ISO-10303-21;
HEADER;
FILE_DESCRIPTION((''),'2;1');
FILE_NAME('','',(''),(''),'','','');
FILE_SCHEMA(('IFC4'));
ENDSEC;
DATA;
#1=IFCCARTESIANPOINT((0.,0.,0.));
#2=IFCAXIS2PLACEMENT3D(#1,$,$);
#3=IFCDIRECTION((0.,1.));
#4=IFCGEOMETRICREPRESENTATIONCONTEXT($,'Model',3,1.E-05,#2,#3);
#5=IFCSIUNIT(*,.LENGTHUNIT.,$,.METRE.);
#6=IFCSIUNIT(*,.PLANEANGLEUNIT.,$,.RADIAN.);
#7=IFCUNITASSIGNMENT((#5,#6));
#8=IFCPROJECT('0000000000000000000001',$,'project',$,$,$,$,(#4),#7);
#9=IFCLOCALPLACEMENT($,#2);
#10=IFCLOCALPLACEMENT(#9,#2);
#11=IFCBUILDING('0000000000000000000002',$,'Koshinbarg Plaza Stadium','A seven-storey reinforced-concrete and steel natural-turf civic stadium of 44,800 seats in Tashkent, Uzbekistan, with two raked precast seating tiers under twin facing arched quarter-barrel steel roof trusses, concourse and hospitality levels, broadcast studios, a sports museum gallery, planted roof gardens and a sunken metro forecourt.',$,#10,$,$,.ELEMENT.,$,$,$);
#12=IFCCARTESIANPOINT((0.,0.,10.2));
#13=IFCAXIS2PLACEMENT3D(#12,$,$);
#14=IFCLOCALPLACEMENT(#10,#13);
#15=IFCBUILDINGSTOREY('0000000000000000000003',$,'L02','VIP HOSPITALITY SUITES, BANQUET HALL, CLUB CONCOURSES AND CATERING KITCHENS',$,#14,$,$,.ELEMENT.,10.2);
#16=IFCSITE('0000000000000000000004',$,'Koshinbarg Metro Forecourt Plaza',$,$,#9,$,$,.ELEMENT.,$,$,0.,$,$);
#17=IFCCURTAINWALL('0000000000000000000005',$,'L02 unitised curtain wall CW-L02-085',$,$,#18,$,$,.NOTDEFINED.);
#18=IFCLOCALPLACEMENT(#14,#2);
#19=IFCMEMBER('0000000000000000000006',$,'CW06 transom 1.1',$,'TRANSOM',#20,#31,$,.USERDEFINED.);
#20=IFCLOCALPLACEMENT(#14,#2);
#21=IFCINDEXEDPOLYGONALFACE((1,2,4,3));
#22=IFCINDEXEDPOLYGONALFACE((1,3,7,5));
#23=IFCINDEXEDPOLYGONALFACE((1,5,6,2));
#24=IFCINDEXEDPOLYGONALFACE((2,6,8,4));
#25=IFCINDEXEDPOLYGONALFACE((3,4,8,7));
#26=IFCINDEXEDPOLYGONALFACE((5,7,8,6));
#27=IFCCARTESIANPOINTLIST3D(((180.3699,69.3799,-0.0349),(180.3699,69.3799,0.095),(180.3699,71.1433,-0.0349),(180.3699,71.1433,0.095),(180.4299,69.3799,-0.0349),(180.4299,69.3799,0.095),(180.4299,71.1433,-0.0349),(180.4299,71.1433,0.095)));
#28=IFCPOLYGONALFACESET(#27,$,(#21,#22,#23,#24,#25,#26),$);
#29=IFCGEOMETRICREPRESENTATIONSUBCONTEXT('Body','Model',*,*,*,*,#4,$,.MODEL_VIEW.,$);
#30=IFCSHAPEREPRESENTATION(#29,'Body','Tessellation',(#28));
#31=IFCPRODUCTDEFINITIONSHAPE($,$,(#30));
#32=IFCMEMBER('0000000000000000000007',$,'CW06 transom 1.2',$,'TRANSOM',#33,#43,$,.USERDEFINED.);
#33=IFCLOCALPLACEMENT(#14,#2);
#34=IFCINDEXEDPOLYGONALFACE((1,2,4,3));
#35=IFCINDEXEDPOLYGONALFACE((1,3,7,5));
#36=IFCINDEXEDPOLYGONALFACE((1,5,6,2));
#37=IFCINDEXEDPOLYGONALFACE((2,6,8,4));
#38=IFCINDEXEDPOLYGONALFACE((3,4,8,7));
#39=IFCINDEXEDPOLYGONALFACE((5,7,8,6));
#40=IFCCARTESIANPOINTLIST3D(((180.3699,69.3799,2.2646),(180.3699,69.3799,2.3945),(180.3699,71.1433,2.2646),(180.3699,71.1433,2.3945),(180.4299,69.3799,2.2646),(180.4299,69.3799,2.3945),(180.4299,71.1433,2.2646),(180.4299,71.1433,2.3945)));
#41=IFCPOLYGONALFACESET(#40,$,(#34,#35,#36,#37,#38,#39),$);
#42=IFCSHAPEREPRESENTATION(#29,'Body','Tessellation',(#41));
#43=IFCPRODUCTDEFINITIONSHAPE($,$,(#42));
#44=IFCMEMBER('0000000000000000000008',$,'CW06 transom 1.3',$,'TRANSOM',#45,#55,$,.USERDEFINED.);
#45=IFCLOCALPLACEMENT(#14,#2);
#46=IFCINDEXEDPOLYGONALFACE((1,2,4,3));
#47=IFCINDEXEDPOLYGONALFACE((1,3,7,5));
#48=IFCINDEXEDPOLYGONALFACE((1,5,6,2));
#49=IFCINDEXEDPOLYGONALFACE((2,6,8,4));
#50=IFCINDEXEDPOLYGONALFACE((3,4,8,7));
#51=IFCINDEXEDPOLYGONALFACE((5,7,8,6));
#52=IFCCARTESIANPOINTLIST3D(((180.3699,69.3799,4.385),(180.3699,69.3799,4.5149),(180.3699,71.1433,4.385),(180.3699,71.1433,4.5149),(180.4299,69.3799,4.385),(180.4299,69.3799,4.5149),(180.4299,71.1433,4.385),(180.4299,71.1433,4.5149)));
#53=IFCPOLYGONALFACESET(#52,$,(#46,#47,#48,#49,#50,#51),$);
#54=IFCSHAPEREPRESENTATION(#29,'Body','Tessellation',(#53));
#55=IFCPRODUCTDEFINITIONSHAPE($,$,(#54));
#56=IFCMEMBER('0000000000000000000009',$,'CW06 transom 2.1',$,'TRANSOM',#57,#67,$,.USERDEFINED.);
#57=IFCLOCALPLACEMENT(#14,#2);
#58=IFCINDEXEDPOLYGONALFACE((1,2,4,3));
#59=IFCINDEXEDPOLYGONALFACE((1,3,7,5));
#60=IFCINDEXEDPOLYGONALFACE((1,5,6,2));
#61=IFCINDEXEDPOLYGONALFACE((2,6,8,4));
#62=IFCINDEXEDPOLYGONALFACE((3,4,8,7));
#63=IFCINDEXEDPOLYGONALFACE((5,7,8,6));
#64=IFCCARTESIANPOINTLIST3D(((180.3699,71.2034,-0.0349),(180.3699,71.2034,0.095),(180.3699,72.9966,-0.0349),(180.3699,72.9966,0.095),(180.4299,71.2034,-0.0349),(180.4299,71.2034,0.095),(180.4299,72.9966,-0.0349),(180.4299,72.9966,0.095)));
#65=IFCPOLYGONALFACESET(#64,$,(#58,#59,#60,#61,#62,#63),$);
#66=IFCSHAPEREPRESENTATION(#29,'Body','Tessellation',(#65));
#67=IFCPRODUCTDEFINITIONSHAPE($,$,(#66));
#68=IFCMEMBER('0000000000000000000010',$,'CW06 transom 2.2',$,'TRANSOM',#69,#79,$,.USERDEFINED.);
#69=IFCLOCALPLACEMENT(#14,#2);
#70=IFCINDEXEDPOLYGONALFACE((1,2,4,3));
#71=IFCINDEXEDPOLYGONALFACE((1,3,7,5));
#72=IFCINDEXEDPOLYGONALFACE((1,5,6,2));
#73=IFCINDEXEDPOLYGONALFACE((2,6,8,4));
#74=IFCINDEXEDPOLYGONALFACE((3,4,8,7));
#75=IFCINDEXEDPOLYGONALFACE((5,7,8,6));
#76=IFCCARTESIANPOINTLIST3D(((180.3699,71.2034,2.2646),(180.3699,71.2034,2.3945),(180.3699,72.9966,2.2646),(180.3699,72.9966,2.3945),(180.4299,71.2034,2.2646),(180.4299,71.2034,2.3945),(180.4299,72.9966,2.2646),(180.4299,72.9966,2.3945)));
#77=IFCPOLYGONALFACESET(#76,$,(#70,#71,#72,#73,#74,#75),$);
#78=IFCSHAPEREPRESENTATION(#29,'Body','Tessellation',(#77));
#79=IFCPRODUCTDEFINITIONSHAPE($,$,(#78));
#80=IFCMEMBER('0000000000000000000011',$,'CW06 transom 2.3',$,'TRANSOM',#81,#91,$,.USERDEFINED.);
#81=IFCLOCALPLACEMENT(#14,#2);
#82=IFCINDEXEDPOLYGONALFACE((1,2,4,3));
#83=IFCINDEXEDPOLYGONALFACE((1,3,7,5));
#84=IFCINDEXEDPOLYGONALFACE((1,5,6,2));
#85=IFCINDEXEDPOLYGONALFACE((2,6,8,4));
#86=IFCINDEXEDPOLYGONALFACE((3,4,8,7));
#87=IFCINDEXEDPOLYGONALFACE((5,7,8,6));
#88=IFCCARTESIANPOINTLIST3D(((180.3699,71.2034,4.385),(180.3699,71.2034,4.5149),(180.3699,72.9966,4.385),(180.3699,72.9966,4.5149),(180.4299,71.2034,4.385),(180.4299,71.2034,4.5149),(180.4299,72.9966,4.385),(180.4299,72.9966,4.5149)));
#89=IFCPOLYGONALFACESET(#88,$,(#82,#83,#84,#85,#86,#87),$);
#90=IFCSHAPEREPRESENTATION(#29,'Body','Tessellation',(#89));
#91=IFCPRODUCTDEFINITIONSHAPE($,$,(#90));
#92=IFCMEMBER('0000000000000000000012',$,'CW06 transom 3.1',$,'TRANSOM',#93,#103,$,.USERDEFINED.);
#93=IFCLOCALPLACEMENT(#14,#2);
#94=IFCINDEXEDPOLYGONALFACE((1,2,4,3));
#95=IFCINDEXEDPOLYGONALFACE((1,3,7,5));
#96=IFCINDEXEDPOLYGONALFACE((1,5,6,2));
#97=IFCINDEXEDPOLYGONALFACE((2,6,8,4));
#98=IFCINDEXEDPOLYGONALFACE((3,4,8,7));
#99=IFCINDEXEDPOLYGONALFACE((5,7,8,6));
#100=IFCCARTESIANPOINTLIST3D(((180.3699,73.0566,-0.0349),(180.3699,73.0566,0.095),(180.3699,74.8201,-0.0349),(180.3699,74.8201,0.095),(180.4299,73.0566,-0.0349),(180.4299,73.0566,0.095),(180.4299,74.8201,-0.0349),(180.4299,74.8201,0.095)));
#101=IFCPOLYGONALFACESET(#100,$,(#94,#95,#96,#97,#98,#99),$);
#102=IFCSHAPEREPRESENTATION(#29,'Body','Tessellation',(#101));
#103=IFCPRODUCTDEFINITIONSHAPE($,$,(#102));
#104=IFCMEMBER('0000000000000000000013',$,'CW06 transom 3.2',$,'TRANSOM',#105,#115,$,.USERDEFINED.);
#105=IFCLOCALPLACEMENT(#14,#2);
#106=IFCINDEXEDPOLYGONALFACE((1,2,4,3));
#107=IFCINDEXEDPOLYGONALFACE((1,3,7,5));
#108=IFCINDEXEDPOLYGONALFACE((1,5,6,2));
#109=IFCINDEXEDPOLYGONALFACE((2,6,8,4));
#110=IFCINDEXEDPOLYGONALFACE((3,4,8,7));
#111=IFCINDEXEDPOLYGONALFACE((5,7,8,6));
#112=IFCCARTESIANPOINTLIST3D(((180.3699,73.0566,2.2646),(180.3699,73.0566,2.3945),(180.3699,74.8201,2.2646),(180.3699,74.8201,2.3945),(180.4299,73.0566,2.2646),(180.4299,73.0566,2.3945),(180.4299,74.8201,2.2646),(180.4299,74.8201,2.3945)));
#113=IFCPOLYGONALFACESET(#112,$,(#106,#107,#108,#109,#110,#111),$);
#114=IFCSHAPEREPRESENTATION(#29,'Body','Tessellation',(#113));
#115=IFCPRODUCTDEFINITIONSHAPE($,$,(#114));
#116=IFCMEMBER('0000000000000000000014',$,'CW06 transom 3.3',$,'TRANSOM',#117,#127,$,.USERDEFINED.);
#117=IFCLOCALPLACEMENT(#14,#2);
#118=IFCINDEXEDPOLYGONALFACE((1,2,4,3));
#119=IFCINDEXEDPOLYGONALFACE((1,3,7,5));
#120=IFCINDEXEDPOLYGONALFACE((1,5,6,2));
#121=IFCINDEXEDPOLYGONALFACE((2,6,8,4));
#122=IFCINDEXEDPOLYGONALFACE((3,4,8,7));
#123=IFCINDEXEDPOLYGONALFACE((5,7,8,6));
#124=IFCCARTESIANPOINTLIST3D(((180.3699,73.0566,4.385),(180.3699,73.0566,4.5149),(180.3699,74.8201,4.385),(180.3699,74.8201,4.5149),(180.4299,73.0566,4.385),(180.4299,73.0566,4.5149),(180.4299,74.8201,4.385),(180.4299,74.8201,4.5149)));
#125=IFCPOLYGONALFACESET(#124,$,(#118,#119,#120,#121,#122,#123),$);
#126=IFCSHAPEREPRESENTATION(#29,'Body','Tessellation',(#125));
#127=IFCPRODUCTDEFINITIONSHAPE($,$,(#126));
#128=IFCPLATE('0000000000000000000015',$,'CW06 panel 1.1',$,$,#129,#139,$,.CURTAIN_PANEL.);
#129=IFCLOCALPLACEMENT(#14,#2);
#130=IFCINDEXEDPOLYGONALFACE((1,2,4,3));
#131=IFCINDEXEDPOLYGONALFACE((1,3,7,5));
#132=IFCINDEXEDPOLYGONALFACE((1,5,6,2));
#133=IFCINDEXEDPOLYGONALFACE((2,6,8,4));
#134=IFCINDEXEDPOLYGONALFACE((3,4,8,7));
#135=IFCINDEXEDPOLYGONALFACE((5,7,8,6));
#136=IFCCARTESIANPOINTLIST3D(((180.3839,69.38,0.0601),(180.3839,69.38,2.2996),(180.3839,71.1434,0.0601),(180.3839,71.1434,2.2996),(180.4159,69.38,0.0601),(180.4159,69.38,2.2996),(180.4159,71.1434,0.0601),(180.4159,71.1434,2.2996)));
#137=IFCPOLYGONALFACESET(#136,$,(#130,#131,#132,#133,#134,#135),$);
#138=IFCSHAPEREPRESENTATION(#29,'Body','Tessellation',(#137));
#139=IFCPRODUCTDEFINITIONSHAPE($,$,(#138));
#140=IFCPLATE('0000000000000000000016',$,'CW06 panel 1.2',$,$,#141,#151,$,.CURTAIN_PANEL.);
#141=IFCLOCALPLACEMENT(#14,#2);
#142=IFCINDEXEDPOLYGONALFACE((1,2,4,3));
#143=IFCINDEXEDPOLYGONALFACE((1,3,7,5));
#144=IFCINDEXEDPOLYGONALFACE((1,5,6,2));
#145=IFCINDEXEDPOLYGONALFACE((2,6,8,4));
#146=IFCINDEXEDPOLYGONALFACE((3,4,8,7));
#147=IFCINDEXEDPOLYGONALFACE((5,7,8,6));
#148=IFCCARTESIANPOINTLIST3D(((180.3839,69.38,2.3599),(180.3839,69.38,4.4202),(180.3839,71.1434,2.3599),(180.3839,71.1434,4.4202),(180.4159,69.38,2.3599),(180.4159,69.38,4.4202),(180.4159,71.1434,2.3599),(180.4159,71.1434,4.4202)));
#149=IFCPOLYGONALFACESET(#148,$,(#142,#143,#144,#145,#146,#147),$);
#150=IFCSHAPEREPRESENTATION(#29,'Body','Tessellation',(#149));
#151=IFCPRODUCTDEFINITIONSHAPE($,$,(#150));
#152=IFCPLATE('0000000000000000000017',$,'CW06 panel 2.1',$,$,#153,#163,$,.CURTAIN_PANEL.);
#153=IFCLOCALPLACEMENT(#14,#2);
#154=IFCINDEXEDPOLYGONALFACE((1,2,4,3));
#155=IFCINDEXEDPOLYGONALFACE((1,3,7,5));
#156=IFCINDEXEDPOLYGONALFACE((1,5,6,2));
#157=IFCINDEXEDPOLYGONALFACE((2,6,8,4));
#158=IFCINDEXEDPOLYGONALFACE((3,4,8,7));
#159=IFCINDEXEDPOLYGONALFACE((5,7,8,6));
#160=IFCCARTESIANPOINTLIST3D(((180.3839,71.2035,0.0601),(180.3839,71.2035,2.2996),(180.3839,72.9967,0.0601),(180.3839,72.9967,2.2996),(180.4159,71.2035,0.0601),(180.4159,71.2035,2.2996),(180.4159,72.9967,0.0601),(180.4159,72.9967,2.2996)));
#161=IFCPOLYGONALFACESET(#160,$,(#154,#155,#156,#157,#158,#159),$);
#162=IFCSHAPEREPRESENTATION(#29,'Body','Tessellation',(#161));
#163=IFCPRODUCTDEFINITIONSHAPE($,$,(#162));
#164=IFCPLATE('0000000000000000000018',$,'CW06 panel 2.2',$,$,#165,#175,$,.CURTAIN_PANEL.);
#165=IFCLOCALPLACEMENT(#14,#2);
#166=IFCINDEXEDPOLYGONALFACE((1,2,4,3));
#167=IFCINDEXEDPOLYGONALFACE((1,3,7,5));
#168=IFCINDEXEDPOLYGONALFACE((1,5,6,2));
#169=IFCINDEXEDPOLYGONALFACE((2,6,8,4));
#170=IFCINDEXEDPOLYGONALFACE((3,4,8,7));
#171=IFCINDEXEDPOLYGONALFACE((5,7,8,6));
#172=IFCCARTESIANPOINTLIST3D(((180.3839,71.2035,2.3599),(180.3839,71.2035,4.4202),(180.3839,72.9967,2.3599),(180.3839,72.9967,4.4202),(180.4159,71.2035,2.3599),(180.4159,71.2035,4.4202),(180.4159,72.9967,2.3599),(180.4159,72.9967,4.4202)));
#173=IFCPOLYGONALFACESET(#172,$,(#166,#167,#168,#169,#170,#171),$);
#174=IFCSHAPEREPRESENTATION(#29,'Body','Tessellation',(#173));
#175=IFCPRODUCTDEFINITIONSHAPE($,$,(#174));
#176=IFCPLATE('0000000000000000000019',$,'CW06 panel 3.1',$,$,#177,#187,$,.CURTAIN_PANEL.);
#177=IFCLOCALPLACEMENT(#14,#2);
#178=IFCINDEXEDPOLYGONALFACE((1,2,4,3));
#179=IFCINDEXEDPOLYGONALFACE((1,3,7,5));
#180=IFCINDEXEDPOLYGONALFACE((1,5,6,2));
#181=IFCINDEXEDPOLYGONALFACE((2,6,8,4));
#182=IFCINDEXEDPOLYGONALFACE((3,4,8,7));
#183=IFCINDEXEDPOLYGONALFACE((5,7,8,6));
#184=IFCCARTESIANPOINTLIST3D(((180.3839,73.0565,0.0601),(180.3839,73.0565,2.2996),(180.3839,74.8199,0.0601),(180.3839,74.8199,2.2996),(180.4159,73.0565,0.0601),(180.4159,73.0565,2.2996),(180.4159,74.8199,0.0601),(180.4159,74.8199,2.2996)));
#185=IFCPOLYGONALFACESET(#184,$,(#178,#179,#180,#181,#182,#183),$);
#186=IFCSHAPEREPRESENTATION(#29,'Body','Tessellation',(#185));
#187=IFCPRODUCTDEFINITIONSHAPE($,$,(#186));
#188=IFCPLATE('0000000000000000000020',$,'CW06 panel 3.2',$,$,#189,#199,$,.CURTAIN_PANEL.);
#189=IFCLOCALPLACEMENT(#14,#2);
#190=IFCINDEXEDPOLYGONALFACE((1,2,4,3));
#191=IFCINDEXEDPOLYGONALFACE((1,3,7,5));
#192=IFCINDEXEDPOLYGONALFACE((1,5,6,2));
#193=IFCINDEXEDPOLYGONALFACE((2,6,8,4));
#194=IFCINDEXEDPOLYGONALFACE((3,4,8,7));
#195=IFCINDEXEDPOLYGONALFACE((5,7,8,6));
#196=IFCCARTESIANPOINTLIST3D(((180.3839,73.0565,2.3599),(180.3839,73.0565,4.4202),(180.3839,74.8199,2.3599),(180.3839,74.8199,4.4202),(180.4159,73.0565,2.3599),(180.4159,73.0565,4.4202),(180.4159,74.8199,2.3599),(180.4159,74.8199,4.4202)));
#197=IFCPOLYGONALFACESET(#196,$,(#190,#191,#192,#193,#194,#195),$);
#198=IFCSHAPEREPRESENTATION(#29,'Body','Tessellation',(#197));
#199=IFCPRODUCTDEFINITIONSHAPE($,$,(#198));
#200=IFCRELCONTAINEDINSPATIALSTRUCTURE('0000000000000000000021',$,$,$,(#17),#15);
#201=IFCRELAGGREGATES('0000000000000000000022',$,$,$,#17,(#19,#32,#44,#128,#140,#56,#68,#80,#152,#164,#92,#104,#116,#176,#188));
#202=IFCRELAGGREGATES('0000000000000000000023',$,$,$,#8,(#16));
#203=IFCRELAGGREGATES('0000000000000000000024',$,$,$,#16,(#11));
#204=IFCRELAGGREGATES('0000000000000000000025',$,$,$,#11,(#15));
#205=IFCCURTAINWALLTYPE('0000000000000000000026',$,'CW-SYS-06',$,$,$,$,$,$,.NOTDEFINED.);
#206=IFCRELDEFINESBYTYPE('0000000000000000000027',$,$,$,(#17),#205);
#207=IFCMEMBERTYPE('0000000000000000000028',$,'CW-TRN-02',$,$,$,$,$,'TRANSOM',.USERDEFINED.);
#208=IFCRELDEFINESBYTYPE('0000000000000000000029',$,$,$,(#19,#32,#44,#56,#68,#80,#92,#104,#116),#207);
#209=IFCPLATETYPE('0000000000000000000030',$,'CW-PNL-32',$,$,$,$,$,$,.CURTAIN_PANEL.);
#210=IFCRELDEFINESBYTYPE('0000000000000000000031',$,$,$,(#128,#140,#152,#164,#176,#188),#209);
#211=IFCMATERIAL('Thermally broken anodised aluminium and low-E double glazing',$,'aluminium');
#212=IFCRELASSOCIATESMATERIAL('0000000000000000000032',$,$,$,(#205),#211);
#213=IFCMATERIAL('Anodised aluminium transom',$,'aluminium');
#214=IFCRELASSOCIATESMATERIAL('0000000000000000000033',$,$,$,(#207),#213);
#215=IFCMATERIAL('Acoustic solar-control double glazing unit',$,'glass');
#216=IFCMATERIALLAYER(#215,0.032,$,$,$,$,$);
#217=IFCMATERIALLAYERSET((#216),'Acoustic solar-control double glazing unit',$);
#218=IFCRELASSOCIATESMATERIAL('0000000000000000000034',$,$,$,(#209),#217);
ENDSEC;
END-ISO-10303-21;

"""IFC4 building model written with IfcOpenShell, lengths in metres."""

from ifc_helpers import new_model, si_unit, direction, frame, origin, origin_2d, place, context, subcontext, project, spatial, rectangle, extrude, material, layer, layer_set, material_profile, profile_set, type_object, element, aggregate, save


model = new_model("IFC4")

# Units and contexts
model_context = context("Model", 3, precision=1e-05, world=origin(), true_north=direction((0.0, 1.0)))
body_context = subcontext(model_context, "Body", "Model", "MODEL_VIEW")
ifc_project = project(units=[si_unit("LENGTHUNIT", "METRE"), si_unit("PLANEANGLEUNIT", "RADIAN")], contexts=[model_context])

# Site, building, storey
site_placement = place(None, origin())
site = spatial("IfcSite", under=ifc_project, at=site_placement, Name="Koshinbarg Metro Forecourt Plaza", CompositionType="ELEMENT", RefElevation=0.0)
building_placement = place(site_placement, origin())
building = spatial("IfcBuilding", under=site, at=building_placement, Name="Koshinbarg Plaza Stadium", Description="A seven-storey reinforced-concrete and steel natural-turf civic stadium of 44,800 seats in Tashkent, Uzbekistan, with two raked precast seating tiers under twin facing arched quarter-barrel steel roof trusses, concourse and hospitality levels, broadcast studios, a sports museum gallery, planted roof gardens and a sunken metro forecourt.", CompositionType="ELEMENT")
storey_placement = place(building_placement, frame((0.0, 0.0, 10.2)))
storey = spatial("IfcBuildingStorey", under=building, at=storey_placement, Name="L02", Description="VIP HOSPITALITY SUITES, BANQUET HALL, CLUB CONCOURSES AND CATERING KITCHENS", CompositionType="ELEMENT", Elevation=10.2)

# Curtain wall, members, plates
ifc_material_1 = material(Name="Thermally broken anodised aluminium and low-E double glazing", Category="aluminium")
curtain_wall_type = type_object("IfcCurtainWallType", Name="CW-SYS-06", PredefinedType="NOTDEFINED", material=ifc_material_1)
curtain_wall_placement = place(storey_placement, origin())
curtain_wall = element("IfcCurtainWall", 1, at=curtain_wall_placement, inside=storey, type_object=curtain_wall_type, Name="L02 unitised curtain wall CW-L02-085", PredefinedType="NOTDEFINED")
ifc_material_2 = material(Name="Anodised aluminium transom", Category="aluminium")
ifc_material_profile_1 = material_profile(ifc_material_2, rectangle(XDim=0.0601, YDim=0.1299, at=origin_2d()), Name="ALU 60x130")
ifc_profile_set_1 = profile_set([ifc_material_profile_1], Name="Anodised aluminium transom")
member_type_1 = type_object("IfcMemberType", Name="CW-TRN-02", ElementType="TRANSOM", PredefinedType="USERDEFINED", material=ifc_profile_set_1)
member_1_placement = place(storey_placement, frame((180.3999, 69.3799, 0.03), z_axis=(0.0, 1.0, 0.0), x_axis=(-1.0, 0.0, 0.0)))
member_1 = element("IfcMember", 2, at=member_1_placement, type_object=member_type_1, Name="CW06 transom 1.1", ObjectType="TRANSOM", PredefinedType="USERDEFINED", context=body_context, shape_type="SweptSolid", body=[
    extrude(rectangle(XDim=0.0601, YDim=0.1299, at=origin_2d()), origin(), (0.0, 0.0, 1.0), 1.7634),
])
member_2_placement = place(storey_placement, frame((180.3999, 69.3799, 2.3296), z_axis=(0.0, 1.0, 0.0), x_axis=(-1.0, 0.0, 0.0)))
member_2 = element("IfcMember", 3, at=member_2_placement, type_object=member_type_1, Name="CW06 transom 1.2", ObjectType="TRANSOM", PredefinedType="USERDEFINED", context=body_context, shape_type="SweptSolid", body=[
    extrude(rectangle(XDim=0.0601, YDim=0.1299, at=origin_2d()), origin(), (0.0, 0.0, 1.0), 1.7634),
])
member_3_placement = place(storey_placement, frame((180.3999, 69.3799, 4.45), z_axis=(0.0, 1.0, 0.0), x_axis=(-1.0, 0.0, 0.0)))
member_3 = element("IfcMember", 4, at=member_3_placement, type_object=member_type_1, Name="CW06 transom 1.3", ObjectType="TRANSOM", PredefinedType="USERDEFINED", context=body_context, shape_type="SweptSolid", body=[
    extrude(rectangle(XDim=0.0601, YDim=0.1299, at=origin_2d()), origin(), (0.0, 0.0, 1.0), 1.7634),
])
member_4_placement = place(storey_placement, frame((180.3999, 71.2034, 0.03), z_axis=(0.0, 1.0, 0.0), x_axis=(-1.0, 0.0, 0.0)))
member_4 = element("IfcMember", 5, at=member_4_placement, type_object=member_type_1, Name="CW06 transom 2.1", ObjectType="TRANSOM", PredefinedType="USERDEFINED", context=body_context, shape_type="SweptSolid", body=[
    extrude(rectangle(XDim=0.0601, YDim=0.1299, at=origin_2d()), origin(), (0.0, 0.0, 1.0), 1.7932),
])
member_5_placement = place(storey_placement, frame((180.3999, 71.2034, 2.3296), z_axis=(0.0, 1.0, 0.0), x_axis=(-1.0, 0.0, 0.0)))
member_5 = element("IfcMember", 6, at=member_5_placement, type_object=member_type_1, Name="CW06 transom 2.2", ObjectType="TRANSOM", PredefinedType="USERDEFINED", context=body_context, shape_type="SweptSolid", body=[
    extrude(rectangle(XDim=0.0601, YDim=0.1299, at=origin_2d()), origin(), (0.0, 0.0, 1.0), 1.7932),
])
member_6_placement = place(storey_placement, frame((180.3999, 71.2034, 4.45), z_axis=(0.0, 1.0, 0.0), x_axis=(-1.0, 0.0, 0.0)))
member_6 = element("IfcMember", 7, at=member_6_placement, type_object=member_type_1, Name="CW06 transom 2.3", ObjectType="TRANSOM", PredefinedType="USERDEFINED", context=body_context, shape_type="SweptSolid", body=[
    extrude(rectangle(XDim=0.0601, YDim=0.1299, at=origin_2d()), origin(), (0.0, 0.0, 1.0), 1.7932),
])
member_7_placement = place(storey_placement, frame((180.3999, 73.0566, 0.03), z_axis=(0.0, 1.0, 0.0), x_axis=(-1.0, 0.0, 0.0)))
member_7 = element("IfcMember", 8, at=member_7_placement, type_object=member_type_1, Name="CW06 transom 3.1", ObjectType="TRANSOM", PredefinedType="USERDEFINED", context=body_context, shape_type="SweptSolid", body=[
    extrude(rectangle(XDim=0.0601, YDim=0.1299, at=origin_2d()), origin(), (0.0, 0.0, 1.0), 1.7634),
])
member_8_placement = place(storey_placement, frame((180.3999, 73.0566, 2.3296), z_axis=(0.0, 1.0, 0.0), x_axis=(-1.0, 0.0, 0.0)))
member_8 = element("IfcMember", 9, at=member_8_placement, type_object=member_type_1, Name="CW06 transom 3.2", ObjectType="TRANSOM", PredefinedType="USERDEFINED", context=body_context, shape_type="SweptSolid", body=[
    extrude(rectangle(XDim=0.0601, YDim=0.1299, at=origin_2d()), origin(), (0.0, 0.0, 1.0), 1.7634),
])
member_9_placement = place(storey_placement, frame((180.3999, 73.0566, 4.45), z_axis=(0.0, 1.0, 0.0), x_axis=(-1.0, 0.0, 0.0)))
member_9 = element("IfcMember", 10, at=member_9_placement, type_object=member_type_1, Name="CW06 transom 3.3", ObjectType="TRANSOM", PredefinedType="USERDEFINED", context=body_context, shape_type="SweptSolid", body=[
    extrude(rectangle(XDim=0.0601, YDim=0.1299, at=origin_2d()), origin(), (0.0, 0.0, 1.0), 1.7634),
])
ifc_material_3 = material(Name="Acoustic solar-control double glazing unit", Category="glass")
ifc_layer_1 = layer(ifc_material_3, 0.032)
ifc_layer_set_1 = layer_set([ifc_layer_1], Name="Acoustic solar-control double glazing unit")
plate_type = type_object("IfcPlateType", Name="CW-PNL-32", PredefinedType="CURTAIN_PANEL", material=ifc_layer_set_1)
plate_1_placement = place(storey_placement, frame((180.3999, 70.2617, 0.0601), z_axis=(0.0, 0.0, 1.0), x_axis=(0.0, 1.0, 0.0)))
plate_1 = element("IfcPlate", 11, at=plate_1_placement, type_object=plate_type, Name="CW06 panel 1.1", PredefinedType="CURTAIN_PANEL", context=body_context, shape_type="SweptSolid", body=[
    extrude(rectangle(XDim=1.7634, YDim=0.032, at=origin_2d()), origin(), (0.0, 0.0, 1.0), 2.2395),
])
plate_2_placement = place(storey_placement, frame((180.3999, 70.2617, 2.3599), z_axis=(0.0, 0.0, 1.0), x_axis=(0.0, 1.0, 0.0)))
plate_2 = element("IfcPlate", 12, at=plate_2_placement, type_object=plate_type, Name="CW06 panel 1.2", PredefinedType="CURTAIN_PANEL", context=body_context, shape_type="SweptSolid", body=[
    extrude(rectangle(XDim=1.7634, YDim=0.032, at=origin_2d()), origin(), (0.0, 0.0, 1.0), 2.0603),
])
plate_3_placement = place(storey_placement, frame((180.3999, 72.1001, 0.0601), z_axis=(0.0, 0.0, 1.0), x_axis=(0.0, 1.0, 0.0)))
plate_3 = element("IfcPlate", 13, at=plate_3_placement, type_object=plate_type, Name="CW06 panel 2.1", PredefinedType="CURTAIN_PANEL", context=body_context, shape_type="SweptSolid", body=[
    extrude(rectangle(XDim=1.7932, YDim=0.032, at=origin_2d()), origin(), (0.0, 0.0, 1.0), 2.2395),
])
plate_4_placement = place(storey_placement, frame((180.3999, 72.1001, 2.3599), z_axis=(0.0, 0.0, 1.0), x_axis=(0.0, 1.0, 0.0)))
plate_4 = element("IfcPlate", 14, at=plate_4_placement, type_object=plate_type, Name="CW06 panel 2.2", PredefinedType="CURTAIN_PANEL", context=body_context, shape_type="SweptSolid", body=[
    extrude(rectangle(XDim=1.7932, YDim=0.032, at=origin_2d()), origin(), (0.0, 0.0, 1.0), 2.0603),
])
plate_5_placement = place(storey_placement, frame((180.3999, 73.9382, 0.0601), z_axis=(0.0, 0.0, 1.0), x_axis=(0.0, 1.0, 0.0)))
plate_5 = element("IfcPlate", 15, at=plate_5_placement, type_object=plate_type, Name="CW06 panel 3.1", PredefinedType="CURTAIN_PANEL", context=body_context, shape_type="SweptSolid", body=[
    extrude(rectangle(XDim=1.7634, YDim=0.032, at=origin_2d()), origin(), (0.0, 0.0, 1.0), 2.2395),
])
plate_6_placement = place(storey_placement, frame((180.3999, 73.9382, 2.3599), z_axis=(0.0, 0.0, 1.0), x_axis=(0.0, 1.0, 0.0)))
plate_6 = element("IfcPlate", 16, at=plate_6_placement, type_object=plate_type, Name="CW06 panel 3.2", PredefinedType="CURTAIN_PANEL", context=body_context, shape_type="SweptSolid", body=[
    extrude(rectangle(XDim=1.7634, YDim=0.032, at=origin_2d()), origin(), (0.0, 0.0, 1.0), 2.0603),
])
aggregate(curtain_wall, [member_1, member_2, member_3, plate_1, plate_2, member_4, member_5, member_6, plate_3, plate_4, member_7, member_8, member_9, plate_5, plate_6])

save(model, "model.ifc")
